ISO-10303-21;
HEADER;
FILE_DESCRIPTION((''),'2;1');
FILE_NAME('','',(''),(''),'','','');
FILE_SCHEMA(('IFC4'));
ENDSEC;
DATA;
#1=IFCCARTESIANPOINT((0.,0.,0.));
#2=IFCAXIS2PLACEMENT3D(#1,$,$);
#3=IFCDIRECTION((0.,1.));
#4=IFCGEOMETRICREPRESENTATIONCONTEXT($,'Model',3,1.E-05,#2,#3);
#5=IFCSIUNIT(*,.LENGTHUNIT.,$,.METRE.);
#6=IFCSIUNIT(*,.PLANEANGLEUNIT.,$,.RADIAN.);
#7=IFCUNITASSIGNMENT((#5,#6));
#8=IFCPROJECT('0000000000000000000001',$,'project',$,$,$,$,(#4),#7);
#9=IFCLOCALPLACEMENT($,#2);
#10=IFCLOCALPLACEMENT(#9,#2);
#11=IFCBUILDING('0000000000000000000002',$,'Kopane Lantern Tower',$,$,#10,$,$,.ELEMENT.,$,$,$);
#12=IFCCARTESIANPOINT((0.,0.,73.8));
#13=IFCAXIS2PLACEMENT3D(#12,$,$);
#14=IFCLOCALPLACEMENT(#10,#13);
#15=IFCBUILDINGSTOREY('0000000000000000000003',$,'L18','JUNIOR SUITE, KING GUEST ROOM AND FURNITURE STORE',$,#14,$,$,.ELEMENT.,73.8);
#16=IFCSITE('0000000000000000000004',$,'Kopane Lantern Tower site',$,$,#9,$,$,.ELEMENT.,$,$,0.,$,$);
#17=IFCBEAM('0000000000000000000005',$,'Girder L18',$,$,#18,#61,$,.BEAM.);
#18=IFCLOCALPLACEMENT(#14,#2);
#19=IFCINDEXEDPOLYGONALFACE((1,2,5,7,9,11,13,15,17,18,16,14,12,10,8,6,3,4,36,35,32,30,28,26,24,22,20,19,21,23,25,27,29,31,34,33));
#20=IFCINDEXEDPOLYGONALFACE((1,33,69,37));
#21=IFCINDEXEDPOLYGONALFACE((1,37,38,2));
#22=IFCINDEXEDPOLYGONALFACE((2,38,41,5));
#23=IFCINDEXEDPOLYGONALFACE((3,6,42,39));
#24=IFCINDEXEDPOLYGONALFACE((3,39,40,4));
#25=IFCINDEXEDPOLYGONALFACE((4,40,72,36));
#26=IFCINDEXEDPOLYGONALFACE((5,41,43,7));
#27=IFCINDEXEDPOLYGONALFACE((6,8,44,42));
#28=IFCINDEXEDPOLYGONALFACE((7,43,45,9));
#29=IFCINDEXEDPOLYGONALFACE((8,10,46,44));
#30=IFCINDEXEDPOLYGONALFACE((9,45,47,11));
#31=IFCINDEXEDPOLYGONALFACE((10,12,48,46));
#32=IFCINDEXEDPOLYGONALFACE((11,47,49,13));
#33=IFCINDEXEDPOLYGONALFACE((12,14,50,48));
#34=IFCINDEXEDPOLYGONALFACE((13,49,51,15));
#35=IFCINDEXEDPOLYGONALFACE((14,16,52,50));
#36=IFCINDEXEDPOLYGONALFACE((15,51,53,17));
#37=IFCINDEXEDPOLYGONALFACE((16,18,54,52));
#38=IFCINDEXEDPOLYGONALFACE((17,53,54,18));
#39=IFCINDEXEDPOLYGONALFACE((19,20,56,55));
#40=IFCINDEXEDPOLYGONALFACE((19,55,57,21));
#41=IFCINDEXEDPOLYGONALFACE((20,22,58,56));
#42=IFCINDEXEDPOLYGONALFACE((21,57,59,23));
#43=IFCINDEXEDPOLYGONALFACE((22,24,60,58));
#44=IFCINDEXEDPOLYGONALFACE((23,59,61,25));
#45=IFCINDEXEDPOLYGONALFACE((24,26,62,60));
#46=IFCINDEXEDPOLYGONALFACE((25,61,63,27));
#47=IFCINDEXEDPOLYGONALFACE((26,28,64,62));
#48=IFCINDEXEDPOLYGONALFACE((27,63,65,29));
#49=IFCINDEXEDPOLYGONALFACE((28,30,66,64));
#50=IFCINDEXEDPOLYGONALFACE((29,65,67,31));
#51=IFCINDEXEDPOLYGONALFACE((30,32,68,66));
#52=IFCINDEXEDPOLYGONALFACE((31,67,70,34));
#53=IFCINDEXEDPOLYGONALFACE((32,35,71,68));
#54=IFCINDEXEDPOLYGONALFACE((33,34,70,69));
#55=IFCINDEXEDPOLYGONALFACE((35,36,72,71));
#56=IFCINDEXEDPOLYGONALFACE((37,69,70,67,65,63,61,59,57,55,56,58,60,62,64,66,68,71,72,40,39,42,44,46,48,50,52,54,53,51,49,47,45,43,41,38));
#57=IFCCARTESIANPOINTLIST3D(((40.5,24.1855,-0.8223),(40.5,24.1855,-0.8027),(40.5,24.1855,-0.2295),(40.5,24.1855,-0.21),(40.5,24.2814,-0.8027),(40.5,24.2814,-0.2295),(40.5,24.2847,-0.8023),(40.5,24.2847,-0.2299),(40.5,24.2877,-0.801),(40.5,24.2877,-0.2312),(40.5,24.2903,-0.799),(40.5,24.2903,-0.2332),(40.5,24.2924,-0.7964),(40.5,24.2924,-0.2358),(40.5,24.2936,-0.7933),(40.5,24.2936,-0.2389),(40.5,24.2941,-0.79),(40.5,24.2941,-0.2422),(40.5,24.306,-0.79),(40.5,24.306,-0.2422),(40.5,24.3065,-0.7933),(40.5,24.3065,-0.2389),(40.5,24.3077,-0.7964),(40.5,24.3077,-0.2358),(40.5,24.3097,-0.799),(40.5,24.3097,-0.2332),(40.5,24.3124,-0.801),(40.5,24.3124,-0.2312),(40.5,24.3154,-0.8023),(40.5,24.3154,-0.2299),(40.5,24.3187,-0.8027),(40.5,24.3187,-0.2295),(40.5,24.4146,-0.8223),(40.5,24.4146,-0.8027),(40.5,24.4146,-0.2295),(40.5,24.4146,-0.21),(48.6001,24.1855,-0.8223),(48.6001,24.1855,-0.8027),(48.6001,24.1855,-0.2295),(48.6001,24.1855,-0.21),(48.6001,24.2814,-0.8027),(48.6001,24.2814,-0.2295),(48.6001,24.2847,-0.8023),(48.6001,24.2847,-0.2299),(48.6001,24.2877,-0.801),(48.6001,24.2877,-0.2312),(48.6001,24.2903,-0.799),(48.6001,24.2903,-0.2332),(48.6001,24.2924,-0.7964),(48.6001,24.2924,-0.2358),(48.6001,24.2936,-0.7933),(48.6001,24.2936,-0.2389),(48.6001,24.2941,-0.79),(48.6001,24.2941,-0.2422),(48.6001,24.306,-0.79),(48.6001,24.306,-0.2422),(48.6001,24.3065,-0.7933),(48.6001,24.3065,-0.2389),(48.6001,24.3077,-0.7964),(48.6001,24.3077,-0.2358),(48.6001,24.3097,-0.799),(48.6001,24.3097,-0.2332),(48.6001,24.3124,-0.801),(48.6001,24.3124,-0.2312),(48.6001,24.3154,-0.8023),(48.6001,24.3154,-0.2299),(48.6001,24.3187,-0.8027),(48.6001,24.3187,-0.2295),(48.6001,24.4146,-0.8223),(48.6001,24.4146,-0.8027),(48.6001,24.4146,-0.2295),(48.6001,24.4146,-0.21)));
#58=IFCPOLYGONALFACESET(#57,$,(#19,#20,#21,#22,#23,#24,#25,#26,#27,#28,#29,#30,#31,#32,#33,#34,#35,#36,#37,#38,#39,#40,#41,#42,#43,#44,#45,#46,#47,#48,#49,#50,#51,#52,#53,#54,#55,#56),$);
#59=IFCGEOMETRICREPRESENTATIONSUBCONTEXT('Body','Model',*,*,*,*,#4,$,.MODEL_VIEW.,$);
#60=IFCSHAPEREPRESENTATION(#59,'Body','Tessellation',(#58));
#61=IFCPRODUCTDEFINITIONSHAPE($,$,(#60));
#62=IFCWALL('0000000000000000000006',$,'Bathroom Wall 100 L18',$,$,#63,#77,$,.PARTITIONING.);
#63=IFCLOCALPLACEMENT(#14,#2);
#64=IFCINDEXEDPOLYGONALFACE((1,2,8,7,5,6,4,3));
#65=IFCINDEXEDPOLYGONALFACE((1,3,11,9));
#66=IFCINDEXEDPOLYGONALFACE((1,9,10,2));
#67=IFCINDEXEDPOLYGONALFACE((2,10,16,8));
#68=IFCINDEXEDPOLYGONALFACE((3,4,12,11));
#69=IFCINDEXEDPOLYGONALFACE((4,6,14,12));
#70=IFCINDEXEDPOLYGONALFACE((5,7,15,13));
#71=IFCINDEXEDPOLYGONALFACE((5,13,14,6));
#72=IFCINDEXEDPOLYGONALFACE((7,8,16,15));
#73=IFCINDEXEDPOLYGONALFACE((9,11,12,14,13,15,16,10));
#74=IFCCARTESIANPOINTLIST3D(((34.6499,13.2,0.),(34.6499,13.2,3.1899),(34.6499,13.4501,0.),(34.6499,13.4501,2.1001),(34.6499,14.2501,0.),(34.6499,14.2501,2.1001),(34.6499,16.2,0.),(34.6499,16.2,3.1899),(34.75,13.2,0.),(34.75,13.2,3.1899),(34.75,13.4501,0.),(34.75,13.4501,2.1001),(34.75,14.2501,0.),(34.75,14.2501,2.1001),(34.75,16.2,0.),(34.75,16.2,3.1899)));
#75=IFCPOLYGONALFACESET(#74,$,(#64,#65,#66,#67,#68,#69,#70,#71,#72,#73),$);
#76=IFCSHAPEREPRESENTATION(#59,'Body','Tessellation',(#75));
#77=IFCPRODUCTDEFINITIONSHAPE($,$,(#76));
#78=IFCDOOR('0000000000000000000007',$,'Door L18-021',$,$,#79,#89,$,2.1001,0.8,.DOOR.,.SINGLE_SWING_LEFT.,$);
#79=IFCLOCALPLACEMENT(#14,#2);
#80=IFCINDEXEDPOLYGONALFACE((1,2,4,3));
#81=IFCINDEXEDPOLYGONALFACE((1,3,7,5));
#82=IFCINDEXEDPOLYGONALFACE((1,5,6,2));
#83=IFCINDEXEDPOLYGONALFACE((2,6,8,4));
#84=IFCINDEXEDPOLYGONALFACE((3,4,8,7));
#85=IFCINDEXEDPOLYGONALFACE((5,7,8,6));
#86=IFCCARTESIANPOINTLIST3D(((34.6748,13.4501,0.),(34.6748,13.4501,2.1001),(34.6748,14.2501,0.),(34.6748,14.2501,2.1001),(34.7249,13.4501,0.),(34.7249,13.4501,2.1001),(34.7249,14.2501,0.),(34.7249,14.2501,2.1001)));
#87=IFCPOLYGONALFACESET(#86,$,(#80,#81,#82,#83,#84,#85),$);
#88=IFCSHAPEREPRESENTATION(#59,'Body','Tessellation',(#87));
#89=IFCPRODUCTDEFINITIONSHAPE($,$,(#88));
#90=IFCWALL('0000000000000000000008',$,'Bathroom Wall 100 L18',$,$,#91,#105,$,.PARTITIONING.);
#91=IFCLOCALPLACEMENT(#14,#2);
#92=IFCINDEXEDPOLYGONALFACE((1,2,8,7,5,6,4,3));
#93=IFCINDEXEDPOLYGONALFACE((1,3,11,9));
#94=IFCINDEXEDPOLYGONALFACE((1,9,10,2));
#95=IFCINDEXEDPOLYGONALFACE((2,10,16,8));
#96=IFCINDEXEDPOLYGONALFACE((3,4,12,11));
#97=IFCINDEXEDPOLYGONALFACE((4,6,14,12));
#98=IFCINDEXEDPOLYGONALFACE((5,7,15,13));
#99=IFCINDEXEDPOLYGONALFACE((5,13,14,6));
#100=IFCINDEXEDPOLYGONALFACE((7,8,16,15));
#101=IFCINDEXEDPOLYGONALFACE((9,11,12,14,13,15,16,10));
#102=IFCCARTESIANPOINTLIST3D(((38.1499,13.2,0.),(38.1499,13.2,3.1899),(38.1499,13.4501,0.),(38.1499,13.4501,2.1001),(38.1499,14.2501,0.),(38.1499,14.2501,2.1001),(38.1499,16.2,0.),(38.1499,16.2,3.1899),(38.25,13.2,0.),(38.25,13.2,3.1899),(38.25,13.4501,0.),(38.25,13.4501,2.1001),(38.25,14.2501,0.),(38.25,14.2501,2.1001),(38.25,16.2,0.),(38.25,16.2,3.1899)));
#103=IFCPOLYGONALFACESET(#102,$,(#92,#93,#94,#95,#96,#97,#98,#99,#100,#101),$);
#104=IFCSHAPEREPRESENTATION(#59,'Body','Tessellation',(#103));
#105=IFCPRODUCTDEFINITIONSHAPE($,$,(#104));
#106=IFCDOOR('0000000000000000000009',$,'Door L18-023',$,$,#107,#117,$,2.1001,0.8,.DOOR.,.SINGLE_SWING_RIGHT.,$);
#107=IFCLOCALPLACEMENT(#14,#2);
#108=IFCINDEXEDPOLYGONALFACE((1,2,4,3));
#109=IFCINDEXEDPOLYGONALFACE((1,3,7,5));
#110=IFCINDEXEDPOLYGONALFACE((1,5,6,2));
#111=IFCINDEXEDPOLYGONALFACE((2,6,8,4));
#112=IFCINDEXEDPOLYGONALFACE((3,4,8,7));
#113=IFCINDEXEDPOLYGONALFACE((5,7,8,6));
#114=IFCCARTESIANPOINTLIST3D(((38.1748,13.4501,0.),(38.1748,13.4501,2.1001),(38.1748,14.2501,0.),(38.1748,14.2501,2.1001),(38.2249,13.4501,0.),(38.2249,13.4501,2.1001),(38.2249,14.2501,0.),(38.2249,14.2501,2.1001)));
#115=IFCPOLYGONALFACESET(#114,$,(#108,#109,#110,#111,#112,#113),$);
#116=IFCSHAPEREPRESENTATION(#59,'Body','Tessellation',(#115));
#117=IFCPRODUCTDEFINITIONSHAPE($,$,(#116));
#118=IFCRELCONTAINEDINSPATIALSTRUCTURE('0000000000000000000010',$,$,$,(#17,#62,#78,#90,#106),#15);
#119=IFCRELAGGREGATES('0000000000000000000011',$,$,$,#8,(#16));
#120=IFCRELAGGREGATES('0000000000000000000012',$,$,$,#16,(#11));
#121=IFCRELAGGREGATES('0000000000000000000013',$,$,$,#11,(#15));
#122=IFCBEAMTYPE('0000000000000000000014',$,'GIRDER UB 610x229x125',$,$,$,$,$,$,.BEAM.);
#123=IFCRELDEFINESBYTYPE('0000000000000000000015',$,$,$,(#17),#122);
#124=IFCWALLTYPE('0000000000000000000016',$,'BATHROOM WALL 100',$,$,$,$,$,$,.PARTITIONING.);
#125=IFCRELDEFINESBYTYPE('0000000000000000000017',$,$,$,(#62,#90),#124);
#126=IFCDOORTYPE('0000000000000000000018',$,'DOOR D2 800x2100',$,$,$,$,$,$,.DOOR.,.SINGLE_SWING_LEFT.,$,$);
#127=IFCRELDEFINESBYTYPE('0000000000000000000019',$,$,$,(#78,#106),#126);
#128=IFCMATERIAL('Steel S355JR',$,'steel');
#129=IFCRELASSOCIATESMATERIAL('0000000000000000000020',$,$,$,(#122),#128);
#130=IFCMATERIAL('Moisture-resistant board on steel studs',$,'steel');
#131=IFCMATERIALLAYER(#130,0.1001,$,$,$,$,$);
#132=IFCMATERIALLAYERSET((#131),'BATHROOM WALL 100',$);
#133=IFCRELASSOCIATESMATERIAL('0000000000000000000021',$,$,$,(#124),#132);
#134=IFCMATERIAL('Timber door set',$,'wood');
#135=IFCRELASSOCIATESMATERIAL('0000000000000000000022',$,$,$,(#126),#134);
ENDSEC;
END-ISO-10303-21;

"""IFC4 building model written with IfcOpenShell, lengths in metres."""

from ifc_helpers import new_model, si_unit, direction, frame, frame_2d, origin, origin_2d, place, context, subcontext, project, spatial, rectangle, i_section, extrude, material, layer, layer_set, material_profile, profile_set, type_object, element, fill, save


model = new_model("IFC4")

# Units and contexts
model_context = context("Model", 3, precision=1e-05, world=origin(), true_north=direction((0.0, 1.0)))
body_context = subcontext(model_context, "Body", "Model", "MODEL_VIEW")
ifc_project = project(units=[si_unit("LENGTHUNIT", "METRE"), si_unit("PLANEANGLEUNIT", "RADIAN")], contexts=[model_context])

# Site, building, storey
site_placement = place(None, origin())
site = spatial("IfcSite", under=ifc_project, at=site_placement, Name="Kopane Lantern Tower site", CompositionType="ELEMENT", RefElevation=0.0)
building_placement = place(site_placement, origin())
building = spatial("IfcBuilding", under=site, at=building_placement, Name="Kopane Lantern Tower", CompositionType="ELEMENT")
storey_placement = place(building_placement, frame((0.0, 0.0, 73.8)))
storey = spatial("IfcBuildingStorey", under=building, at=storey_placement, Name="L18", Description="JUNIOR SUITE, KING GUEST ROOM AND FURNITURE STORE", CompositionType="ELEMENT", Elevation=73.8)

# Beam
ifc_material_1 = material(Name="Steel S355JR", Category="steel")
ifc_material_profile_1 = material_profile(ifc_material_1, i_section(OverallWidth=0.229, OverallDepth=0.6123, WebThickness=0.012, FlangeThickness=0.0195, FilletRadius=0.0127, at=origin_2d()), Name="UB 610x229x125")
ifc_profile_set_1 = profile_set([ifc_material_profile_1], Name="Steel S355JR")
beam_type_1 = type_object("IfcBeamType", Name="GIRDER UB 610x229x125", PredefinedType="BEAM", material=ifc_profile_set_1)
beam_1_placement = place(storey_placement, frame((40.5, 24.3, -0.5161), z_axis=(1.0, 0.0, 0.0), x_axis=(0.0, 1.0, 0.0)))
element("IfcBeam", 1, at=beam_1_placement, inside=storey, type_object=beam_type_1, Name="Girder L18", PredefinedType="BEAM", context=body_context, shape_type="SweptSolid", body=[
    extrude(i_section(OverallWidth=0.229, OverallDepth=0.6123, WebThickness=0.012, FlangeThickness=0.0195, FilletRadius=0.0127, at=origin_2d()), origin(), (0.0, 0.0, 1.0), 8.1001),
])

# Walls, openings, doors
ifc_material_2 = material(Name="Moisture-resistant board on steel studs", Category="steel")
ifc_layer_1 = layer(ifc_material_2, 0.1001)
ifc_layer_set_1 = layer_set([ifc_layer_1], Name="BATHROOM WALL 100")
wall_type_1 = type_object("IfcWallType", Name="BATHROOM WALL 100", PredefinedType="PARTITIONING", material=ifc_layer_set_1)
wall_1_placement = place(storey_placement, frame((34.7, 16.2, 0.0), z_axis=(0.0, 0.0, 1.0), x_axis=(0.0, -1.0, 0.0)))
wall_1 = element("IfcWall", 2, at=wall_1_placement, inside=storey, type_object=wall_type_1, Name="Bathroom Wall 100 L18", PredefinedType="PARTITIONING", context=body_context, shape_type="SweptSolid", body=[
    extrude(rectangle(XDim=3.0, YDim=0.1001, at=frame_2d((1.5, 0.0))), origin(), (0.0, 0.0, 1.0), 3.1899),
])
opening_1_placement = place(wall_1_placement, frame((1.95, 0.0, 0.0)))
opening_1 = element("IfcOpeningElement", 3, at=opening_1_placement, cuts=wall_1, PredefinedType="OPENING", context=body_context, shape_type="SweptSolid", body=[
    extrude(rectangle(XDim=0.8, YDim=2.1001, at=frame_2d((0.3999, 1.05))), frame((0.0, 0.0601, 0.0), z_axis=(0.0, -1.0, 0.0), x_axis=(1.0, 0.0, 0.0)), (0.0, 0.0, 1.0), 0.1201),
])
ifc_material_3 = material(Name="Timber door set", Category="wood")
door_type_1 = type_object("IfcDoorType", Name="DOOR D2 800x2100", OperationType="SINGLE_SWING_LEFT", PredefinedType="DOOR", material=ifc_material_3)
door_1_placement = place(opening_1_placement, origin())
door_1 = element("IfcDoor", 4, at=door_1_placement, inside=storey, type_object=door_type_1, Name="Door L18-021", OperationType="SINGLE_SWING_LEFT", OverallHeight=2.1001, OverallWidth=0.8, PredefinedType="DOOR", context=body_context, shape_type="SweptSolid", body=[
    extrude(rectangle(XDim=0.8, YDim=2.1001, at=frame_2d((0.3999, 1.05))), frame((0.0, 0.0249, 0.0), z_axis=(0.0, -1.0, 0.0), x_axis=(1.0, 0.0, 0.0)), (0.0, 0.0, 1.0), 0.05),
])
fill(opening_1, door_1)
wall_2_placement = place(storey_placement, frame((38.2, 16.2, 0.0), z_axis=(0.0, 0.0, 1.0), x_axis=(0.0, -1.0, 0.0)))
wall_2 = element("IfcWall", 5, at=wall_2_placement, inside=storey, type_object=wall_type_1, Name="Bathroom Wall 100 L18", PredefinedType="PARTITIONING", context=body_context, shape_type="SweptSolid", body=[
    extrude(rectangle(XDim=3.0, YDim=0.1001, at=frame_2d((1.5, 0.0))), origin(), (0.0, 0.0, 1.0), 3.1899),
])
opening_2_placement = place(wall_2_placement, frame((1.95, 0.0, 0.0)))
opening_2 = element("IfcOpeningElement", 6, at=opening_2_placement, cuts=wall_2, PredefinedType="OPENING", context=body_context, shape_type="SweptSolid", body=[
    extrude(rectangle(XDim=0.8, YDim=2.1001, at=frame_2d((0.3999, 1.05))), frame((0.0, 0.0601, 0.0), z_axis=(0.0, -1.0, 0.0), x_axis=(1.0, 0.0, 0.0)), (0.0, 0.0, 1.0), 0.1201),
])
door_2_placement = place(opening_2_placement, origin())
door_2 = element("IfcDoor", 7, at=door_2_placement, inside=storey, type_object=door_type_1, Name="Door L18-023", OperationType="SINGLE_SWING_RIGHT", OverallHeight=2.1001, OverallWidth=0.8, PredefinedType="DOOR", context=body_context, shape_type="SweptSolid", body=[
    extrude(rectangle(XDim=0.8, YDim=2.1001, at=frame_2d((0.3999, 1.05))), frame((0.0, 0.0249, 0.0), z_axis=(0.0, -1.0, 0.0), x_axis=(1.0, 0.0, 0.0)), (0.0, 0.0, 1.0), 0.05),
])
fill(opening_2, door_2)

save(model, "model.ifc")
